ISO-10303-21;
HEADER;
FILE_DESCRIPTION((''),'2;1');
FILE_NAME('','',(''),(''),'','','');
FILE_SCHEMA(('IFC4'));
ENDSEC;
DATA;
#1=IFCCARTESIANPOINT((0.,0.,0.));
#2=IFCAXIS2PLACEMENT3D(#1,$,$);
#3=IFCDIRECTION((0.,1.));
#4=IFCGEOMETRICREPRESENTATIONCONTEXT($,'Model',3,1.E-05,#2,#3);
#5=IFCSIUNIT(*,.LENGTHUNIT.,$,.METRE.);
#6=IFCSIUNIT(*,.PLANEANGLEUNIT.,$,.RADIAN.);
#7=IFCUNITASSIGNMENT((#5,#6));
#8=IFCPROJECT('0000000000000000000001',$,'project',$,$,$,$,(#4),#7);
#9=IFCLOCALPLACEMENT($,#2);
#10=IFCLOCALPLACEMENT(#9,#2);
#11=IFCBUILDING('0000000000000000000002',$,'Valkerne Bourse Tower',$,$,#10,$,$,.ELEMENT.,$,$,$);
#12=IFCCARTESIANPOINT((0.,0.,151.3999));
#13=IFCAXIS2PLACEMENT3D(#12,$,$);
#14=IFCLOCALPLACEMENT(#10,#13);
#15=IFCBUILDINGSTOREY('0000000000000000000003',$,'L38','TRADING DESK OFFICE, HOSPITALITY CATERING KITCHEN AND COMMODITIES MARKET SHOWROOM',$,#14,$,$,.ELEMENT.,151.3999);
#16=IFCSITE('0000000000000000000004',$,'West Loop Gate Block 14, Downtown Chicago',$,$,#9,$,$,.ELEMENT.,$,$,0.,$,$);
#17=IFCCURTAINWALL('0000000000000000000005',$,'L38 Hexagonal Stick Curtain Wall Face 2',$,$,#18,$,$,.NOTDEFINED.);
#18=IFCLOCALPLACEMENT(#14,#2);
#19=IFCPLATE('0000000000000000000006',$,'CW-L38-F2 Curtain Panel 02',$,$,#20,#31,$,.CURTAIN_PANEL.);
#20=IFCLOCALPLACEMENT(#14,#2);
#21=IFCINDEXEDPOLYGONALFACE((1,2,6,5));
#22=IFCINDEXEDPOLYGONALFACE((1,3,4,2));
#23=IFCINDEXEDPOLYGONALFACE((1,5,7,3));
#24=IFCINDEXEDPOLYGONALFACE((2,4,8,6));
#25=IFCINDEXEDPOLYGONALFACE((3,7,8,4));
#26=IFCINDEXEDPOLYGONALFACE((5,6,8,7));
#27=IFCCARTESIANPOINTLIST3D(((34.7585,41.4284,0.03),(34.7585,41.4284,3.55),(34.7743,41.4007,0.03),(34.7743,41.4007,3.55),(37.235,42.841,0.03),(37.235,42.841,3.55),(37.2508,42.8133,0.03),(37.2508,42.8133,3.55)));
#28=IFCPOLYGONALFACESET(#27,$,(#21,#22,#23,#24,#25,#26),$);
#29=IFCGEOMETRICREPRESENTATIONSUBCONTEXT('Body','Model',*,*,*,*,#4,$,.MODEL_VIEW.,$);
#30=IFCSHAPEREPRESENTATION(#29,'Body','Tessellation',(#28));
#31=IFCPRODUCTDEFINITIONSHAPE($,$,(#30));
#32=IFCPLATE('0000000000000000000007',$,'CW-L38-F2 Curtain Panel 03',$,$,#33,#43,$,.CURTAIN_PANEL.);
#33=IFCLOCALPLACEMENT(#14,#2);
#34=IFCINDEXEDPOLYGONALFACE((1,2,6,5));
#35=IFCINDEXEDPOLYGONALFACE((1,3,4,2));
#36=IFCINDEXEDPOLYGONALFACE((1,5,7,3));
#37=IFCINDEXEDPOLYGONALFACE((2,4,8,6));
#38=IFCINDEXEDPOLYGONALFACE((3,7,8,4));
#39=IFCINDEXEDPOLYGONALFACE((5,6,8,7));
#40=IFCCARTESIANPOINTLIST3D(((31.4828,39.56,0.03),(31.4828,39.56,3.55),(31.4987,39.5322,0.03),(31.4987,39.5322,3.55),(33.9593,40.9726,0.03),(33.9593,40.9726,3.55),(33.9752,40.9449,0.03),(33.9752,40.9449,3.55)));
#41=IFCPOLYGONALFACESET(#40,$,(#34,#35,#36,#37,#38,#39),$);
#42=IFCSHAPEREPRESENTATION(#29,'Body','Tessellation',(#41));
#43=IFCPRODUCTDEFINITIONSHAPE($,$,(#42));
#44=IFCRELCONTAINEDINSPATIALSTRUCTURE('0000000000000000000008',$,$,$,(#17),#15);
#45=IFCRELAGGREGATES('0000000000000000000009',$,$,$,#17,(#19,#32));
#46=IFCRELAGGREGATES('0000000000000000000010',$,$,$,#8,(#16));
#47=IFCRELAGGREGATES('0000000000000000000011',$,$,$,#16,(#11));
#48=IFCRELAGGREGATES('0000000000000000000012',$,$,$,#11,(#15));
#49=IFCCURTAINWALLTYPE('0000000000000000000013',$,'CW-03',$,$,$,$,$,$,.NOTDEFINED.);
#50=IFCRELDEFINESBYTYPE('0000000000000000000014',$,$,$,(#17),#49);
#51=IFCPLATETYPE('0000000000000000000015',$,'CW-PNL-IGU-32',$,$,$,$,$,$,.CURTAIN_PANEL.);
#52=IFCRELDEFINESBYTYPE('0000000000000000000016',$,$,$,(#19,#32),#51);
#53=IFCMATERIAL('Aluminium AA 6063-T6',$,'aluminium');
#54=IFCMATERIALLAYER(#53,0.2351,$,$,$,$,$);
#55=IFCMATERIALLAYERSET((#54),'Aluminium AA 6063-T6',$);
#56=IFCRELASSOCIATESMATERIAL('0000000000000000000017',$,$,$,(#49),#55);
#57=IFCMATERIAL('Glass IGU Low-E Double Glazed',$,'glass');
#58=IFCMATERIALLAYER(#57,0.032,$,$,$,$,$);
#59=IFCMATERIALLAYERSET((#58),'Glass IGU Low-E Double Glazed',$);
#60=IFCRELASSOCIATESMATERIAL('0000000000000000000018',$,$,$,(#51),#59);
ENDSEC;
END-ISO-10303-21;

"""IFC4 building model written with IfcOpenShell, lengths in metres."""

from ifc_helpers import new_model, si_unit, direction, frame, origin, origin_2d, place, context, subcontext, project, spatial, rectangle, extrude, material, layer, layer_set, type_object, element, aggregate, save


model = new_model("IFC4")

# Units and contexts
model_context = context("Model", 3, precision=1e-05, world=origin(), true_north=direction((0.0, 1.0)))
body_context = subcontext(model_context, "Body", "Model", "MODEL_VIEW")
ifc_project = project(units=[si_unit("LENGTHUNIT", "METRE"), si_unit("PLANEANGLEUNIT", "RADIAN")], contexts=[model_context])

# Site, building, storey
site_placement = place(None, origin())
site = spatial("IfcSite", under=ifc_project, at=site_placement, Name="West Loop Gate Block 14, Downtown Chicago", CompositionType="ELEMENT", RefElevation=0.0)
building_placement = place(site_placement, origin())
building = spatial("IfcBuilding", under=site, at=building_placement, Name="Valkerne Bourse Tower", CompositionType="ELEMENT")
storey_placement = place(building_placement, frame((0.0, 0.0, 151.3999)))
storey = spatial("IfcBuildingStorey", under=building, at=storey_placement, Name="L38", Description="TRADING DESK OFFICE, HOSPITALITY CATERING KITCHEN AND COMMODITIES MARKET SHOWROOM", CompositionType="ELEMENT", Elevation=151.3999)

# Curtain wall
ifc_material_1 = material(Name="Aluminium AA 6063-T6", Category="aluminium")
ifc_layer_1 = layer(ifc_material_1, 0.2351)
ifc_layer_set_1 = layer_set([ifc_layer_1], Name="Aluminium AA 6063-T6")
curtain_wall_type = type_object("IfcCurtainWallType", Name="CW-03", PredefinedType="NOTDEFINED", material=ifc_layer_set_1)
curtain_wall_placement = place(storey_placement, origin())
curtain_wall = element("IfcCurtainWall", 1, at=curtain_wall_placement, inside=storey, type_object=curtain_wall_type, Name="L38 Hexagonal Stick Curtain Wall Face 2", PredefinedType="NOTDEFINED")

# Plates
ifc_material_2 = material(Name="Glass IGU Low-E Double Glazed", Category="glass")
ifc_layer_2 = layer(ifc_material_2, 0.032)
ifc_layer_set_2 = layer_set([ifc_layer_2], Name="Glass IGU Low-E Double Glazed")
plate_type = type_object("IfcPlateType", Name="CW-PNL-IGU-32", PredefinedType="CURTAIN_PANEL", material=ifc_layer_set_2)
plate_1_placement = place(storey_placement, frame((36.0046, 42.1208, 0.03), z_axis=(0.0, 0.0, 1.0), x_axis=(-0.868628, -0.495465, 0.0)))
plate_1 = element("IfcPlate", 2, at=plate_1_placement, type_object=plate_type, Name="CW-L38-F2 Curtain Panel 02", PredefinedType="CURTAIN_PANEL", context=body_context, shape_type="SweptSolid", body=[
    extrude(rectangle(XDim=2.8511, YDim=0.032, at=origin_2d()), origin(), (0.0, 0.0, 1.0), 3.52),
])
plate_2_placement = place(storey_placement, frame((32.729, 40.2524, 0.03), z_axis=(0.0, 0.0, 1.0), x_axis=(-0.868628, -0.495465, 0.0)))
plate_2 = element("IfcPlate", 3, at=plate_2_placement, type_object=plate_type, Name="CW-L38-F2 Curtain Panel 03", PredefinedType="CURTAIN_PANEL", context=body_context, shape_type="SweptSolid", body=[
    extrude(rectangle(XDim=2.8511, YDim=0.032, at=origin_2d()), origin(), (0.0, 0.0, 1.0), 3.52),
])
aggregate(curtain_wall, [plate_1, plate_2])

save(model, "model.ifc")
